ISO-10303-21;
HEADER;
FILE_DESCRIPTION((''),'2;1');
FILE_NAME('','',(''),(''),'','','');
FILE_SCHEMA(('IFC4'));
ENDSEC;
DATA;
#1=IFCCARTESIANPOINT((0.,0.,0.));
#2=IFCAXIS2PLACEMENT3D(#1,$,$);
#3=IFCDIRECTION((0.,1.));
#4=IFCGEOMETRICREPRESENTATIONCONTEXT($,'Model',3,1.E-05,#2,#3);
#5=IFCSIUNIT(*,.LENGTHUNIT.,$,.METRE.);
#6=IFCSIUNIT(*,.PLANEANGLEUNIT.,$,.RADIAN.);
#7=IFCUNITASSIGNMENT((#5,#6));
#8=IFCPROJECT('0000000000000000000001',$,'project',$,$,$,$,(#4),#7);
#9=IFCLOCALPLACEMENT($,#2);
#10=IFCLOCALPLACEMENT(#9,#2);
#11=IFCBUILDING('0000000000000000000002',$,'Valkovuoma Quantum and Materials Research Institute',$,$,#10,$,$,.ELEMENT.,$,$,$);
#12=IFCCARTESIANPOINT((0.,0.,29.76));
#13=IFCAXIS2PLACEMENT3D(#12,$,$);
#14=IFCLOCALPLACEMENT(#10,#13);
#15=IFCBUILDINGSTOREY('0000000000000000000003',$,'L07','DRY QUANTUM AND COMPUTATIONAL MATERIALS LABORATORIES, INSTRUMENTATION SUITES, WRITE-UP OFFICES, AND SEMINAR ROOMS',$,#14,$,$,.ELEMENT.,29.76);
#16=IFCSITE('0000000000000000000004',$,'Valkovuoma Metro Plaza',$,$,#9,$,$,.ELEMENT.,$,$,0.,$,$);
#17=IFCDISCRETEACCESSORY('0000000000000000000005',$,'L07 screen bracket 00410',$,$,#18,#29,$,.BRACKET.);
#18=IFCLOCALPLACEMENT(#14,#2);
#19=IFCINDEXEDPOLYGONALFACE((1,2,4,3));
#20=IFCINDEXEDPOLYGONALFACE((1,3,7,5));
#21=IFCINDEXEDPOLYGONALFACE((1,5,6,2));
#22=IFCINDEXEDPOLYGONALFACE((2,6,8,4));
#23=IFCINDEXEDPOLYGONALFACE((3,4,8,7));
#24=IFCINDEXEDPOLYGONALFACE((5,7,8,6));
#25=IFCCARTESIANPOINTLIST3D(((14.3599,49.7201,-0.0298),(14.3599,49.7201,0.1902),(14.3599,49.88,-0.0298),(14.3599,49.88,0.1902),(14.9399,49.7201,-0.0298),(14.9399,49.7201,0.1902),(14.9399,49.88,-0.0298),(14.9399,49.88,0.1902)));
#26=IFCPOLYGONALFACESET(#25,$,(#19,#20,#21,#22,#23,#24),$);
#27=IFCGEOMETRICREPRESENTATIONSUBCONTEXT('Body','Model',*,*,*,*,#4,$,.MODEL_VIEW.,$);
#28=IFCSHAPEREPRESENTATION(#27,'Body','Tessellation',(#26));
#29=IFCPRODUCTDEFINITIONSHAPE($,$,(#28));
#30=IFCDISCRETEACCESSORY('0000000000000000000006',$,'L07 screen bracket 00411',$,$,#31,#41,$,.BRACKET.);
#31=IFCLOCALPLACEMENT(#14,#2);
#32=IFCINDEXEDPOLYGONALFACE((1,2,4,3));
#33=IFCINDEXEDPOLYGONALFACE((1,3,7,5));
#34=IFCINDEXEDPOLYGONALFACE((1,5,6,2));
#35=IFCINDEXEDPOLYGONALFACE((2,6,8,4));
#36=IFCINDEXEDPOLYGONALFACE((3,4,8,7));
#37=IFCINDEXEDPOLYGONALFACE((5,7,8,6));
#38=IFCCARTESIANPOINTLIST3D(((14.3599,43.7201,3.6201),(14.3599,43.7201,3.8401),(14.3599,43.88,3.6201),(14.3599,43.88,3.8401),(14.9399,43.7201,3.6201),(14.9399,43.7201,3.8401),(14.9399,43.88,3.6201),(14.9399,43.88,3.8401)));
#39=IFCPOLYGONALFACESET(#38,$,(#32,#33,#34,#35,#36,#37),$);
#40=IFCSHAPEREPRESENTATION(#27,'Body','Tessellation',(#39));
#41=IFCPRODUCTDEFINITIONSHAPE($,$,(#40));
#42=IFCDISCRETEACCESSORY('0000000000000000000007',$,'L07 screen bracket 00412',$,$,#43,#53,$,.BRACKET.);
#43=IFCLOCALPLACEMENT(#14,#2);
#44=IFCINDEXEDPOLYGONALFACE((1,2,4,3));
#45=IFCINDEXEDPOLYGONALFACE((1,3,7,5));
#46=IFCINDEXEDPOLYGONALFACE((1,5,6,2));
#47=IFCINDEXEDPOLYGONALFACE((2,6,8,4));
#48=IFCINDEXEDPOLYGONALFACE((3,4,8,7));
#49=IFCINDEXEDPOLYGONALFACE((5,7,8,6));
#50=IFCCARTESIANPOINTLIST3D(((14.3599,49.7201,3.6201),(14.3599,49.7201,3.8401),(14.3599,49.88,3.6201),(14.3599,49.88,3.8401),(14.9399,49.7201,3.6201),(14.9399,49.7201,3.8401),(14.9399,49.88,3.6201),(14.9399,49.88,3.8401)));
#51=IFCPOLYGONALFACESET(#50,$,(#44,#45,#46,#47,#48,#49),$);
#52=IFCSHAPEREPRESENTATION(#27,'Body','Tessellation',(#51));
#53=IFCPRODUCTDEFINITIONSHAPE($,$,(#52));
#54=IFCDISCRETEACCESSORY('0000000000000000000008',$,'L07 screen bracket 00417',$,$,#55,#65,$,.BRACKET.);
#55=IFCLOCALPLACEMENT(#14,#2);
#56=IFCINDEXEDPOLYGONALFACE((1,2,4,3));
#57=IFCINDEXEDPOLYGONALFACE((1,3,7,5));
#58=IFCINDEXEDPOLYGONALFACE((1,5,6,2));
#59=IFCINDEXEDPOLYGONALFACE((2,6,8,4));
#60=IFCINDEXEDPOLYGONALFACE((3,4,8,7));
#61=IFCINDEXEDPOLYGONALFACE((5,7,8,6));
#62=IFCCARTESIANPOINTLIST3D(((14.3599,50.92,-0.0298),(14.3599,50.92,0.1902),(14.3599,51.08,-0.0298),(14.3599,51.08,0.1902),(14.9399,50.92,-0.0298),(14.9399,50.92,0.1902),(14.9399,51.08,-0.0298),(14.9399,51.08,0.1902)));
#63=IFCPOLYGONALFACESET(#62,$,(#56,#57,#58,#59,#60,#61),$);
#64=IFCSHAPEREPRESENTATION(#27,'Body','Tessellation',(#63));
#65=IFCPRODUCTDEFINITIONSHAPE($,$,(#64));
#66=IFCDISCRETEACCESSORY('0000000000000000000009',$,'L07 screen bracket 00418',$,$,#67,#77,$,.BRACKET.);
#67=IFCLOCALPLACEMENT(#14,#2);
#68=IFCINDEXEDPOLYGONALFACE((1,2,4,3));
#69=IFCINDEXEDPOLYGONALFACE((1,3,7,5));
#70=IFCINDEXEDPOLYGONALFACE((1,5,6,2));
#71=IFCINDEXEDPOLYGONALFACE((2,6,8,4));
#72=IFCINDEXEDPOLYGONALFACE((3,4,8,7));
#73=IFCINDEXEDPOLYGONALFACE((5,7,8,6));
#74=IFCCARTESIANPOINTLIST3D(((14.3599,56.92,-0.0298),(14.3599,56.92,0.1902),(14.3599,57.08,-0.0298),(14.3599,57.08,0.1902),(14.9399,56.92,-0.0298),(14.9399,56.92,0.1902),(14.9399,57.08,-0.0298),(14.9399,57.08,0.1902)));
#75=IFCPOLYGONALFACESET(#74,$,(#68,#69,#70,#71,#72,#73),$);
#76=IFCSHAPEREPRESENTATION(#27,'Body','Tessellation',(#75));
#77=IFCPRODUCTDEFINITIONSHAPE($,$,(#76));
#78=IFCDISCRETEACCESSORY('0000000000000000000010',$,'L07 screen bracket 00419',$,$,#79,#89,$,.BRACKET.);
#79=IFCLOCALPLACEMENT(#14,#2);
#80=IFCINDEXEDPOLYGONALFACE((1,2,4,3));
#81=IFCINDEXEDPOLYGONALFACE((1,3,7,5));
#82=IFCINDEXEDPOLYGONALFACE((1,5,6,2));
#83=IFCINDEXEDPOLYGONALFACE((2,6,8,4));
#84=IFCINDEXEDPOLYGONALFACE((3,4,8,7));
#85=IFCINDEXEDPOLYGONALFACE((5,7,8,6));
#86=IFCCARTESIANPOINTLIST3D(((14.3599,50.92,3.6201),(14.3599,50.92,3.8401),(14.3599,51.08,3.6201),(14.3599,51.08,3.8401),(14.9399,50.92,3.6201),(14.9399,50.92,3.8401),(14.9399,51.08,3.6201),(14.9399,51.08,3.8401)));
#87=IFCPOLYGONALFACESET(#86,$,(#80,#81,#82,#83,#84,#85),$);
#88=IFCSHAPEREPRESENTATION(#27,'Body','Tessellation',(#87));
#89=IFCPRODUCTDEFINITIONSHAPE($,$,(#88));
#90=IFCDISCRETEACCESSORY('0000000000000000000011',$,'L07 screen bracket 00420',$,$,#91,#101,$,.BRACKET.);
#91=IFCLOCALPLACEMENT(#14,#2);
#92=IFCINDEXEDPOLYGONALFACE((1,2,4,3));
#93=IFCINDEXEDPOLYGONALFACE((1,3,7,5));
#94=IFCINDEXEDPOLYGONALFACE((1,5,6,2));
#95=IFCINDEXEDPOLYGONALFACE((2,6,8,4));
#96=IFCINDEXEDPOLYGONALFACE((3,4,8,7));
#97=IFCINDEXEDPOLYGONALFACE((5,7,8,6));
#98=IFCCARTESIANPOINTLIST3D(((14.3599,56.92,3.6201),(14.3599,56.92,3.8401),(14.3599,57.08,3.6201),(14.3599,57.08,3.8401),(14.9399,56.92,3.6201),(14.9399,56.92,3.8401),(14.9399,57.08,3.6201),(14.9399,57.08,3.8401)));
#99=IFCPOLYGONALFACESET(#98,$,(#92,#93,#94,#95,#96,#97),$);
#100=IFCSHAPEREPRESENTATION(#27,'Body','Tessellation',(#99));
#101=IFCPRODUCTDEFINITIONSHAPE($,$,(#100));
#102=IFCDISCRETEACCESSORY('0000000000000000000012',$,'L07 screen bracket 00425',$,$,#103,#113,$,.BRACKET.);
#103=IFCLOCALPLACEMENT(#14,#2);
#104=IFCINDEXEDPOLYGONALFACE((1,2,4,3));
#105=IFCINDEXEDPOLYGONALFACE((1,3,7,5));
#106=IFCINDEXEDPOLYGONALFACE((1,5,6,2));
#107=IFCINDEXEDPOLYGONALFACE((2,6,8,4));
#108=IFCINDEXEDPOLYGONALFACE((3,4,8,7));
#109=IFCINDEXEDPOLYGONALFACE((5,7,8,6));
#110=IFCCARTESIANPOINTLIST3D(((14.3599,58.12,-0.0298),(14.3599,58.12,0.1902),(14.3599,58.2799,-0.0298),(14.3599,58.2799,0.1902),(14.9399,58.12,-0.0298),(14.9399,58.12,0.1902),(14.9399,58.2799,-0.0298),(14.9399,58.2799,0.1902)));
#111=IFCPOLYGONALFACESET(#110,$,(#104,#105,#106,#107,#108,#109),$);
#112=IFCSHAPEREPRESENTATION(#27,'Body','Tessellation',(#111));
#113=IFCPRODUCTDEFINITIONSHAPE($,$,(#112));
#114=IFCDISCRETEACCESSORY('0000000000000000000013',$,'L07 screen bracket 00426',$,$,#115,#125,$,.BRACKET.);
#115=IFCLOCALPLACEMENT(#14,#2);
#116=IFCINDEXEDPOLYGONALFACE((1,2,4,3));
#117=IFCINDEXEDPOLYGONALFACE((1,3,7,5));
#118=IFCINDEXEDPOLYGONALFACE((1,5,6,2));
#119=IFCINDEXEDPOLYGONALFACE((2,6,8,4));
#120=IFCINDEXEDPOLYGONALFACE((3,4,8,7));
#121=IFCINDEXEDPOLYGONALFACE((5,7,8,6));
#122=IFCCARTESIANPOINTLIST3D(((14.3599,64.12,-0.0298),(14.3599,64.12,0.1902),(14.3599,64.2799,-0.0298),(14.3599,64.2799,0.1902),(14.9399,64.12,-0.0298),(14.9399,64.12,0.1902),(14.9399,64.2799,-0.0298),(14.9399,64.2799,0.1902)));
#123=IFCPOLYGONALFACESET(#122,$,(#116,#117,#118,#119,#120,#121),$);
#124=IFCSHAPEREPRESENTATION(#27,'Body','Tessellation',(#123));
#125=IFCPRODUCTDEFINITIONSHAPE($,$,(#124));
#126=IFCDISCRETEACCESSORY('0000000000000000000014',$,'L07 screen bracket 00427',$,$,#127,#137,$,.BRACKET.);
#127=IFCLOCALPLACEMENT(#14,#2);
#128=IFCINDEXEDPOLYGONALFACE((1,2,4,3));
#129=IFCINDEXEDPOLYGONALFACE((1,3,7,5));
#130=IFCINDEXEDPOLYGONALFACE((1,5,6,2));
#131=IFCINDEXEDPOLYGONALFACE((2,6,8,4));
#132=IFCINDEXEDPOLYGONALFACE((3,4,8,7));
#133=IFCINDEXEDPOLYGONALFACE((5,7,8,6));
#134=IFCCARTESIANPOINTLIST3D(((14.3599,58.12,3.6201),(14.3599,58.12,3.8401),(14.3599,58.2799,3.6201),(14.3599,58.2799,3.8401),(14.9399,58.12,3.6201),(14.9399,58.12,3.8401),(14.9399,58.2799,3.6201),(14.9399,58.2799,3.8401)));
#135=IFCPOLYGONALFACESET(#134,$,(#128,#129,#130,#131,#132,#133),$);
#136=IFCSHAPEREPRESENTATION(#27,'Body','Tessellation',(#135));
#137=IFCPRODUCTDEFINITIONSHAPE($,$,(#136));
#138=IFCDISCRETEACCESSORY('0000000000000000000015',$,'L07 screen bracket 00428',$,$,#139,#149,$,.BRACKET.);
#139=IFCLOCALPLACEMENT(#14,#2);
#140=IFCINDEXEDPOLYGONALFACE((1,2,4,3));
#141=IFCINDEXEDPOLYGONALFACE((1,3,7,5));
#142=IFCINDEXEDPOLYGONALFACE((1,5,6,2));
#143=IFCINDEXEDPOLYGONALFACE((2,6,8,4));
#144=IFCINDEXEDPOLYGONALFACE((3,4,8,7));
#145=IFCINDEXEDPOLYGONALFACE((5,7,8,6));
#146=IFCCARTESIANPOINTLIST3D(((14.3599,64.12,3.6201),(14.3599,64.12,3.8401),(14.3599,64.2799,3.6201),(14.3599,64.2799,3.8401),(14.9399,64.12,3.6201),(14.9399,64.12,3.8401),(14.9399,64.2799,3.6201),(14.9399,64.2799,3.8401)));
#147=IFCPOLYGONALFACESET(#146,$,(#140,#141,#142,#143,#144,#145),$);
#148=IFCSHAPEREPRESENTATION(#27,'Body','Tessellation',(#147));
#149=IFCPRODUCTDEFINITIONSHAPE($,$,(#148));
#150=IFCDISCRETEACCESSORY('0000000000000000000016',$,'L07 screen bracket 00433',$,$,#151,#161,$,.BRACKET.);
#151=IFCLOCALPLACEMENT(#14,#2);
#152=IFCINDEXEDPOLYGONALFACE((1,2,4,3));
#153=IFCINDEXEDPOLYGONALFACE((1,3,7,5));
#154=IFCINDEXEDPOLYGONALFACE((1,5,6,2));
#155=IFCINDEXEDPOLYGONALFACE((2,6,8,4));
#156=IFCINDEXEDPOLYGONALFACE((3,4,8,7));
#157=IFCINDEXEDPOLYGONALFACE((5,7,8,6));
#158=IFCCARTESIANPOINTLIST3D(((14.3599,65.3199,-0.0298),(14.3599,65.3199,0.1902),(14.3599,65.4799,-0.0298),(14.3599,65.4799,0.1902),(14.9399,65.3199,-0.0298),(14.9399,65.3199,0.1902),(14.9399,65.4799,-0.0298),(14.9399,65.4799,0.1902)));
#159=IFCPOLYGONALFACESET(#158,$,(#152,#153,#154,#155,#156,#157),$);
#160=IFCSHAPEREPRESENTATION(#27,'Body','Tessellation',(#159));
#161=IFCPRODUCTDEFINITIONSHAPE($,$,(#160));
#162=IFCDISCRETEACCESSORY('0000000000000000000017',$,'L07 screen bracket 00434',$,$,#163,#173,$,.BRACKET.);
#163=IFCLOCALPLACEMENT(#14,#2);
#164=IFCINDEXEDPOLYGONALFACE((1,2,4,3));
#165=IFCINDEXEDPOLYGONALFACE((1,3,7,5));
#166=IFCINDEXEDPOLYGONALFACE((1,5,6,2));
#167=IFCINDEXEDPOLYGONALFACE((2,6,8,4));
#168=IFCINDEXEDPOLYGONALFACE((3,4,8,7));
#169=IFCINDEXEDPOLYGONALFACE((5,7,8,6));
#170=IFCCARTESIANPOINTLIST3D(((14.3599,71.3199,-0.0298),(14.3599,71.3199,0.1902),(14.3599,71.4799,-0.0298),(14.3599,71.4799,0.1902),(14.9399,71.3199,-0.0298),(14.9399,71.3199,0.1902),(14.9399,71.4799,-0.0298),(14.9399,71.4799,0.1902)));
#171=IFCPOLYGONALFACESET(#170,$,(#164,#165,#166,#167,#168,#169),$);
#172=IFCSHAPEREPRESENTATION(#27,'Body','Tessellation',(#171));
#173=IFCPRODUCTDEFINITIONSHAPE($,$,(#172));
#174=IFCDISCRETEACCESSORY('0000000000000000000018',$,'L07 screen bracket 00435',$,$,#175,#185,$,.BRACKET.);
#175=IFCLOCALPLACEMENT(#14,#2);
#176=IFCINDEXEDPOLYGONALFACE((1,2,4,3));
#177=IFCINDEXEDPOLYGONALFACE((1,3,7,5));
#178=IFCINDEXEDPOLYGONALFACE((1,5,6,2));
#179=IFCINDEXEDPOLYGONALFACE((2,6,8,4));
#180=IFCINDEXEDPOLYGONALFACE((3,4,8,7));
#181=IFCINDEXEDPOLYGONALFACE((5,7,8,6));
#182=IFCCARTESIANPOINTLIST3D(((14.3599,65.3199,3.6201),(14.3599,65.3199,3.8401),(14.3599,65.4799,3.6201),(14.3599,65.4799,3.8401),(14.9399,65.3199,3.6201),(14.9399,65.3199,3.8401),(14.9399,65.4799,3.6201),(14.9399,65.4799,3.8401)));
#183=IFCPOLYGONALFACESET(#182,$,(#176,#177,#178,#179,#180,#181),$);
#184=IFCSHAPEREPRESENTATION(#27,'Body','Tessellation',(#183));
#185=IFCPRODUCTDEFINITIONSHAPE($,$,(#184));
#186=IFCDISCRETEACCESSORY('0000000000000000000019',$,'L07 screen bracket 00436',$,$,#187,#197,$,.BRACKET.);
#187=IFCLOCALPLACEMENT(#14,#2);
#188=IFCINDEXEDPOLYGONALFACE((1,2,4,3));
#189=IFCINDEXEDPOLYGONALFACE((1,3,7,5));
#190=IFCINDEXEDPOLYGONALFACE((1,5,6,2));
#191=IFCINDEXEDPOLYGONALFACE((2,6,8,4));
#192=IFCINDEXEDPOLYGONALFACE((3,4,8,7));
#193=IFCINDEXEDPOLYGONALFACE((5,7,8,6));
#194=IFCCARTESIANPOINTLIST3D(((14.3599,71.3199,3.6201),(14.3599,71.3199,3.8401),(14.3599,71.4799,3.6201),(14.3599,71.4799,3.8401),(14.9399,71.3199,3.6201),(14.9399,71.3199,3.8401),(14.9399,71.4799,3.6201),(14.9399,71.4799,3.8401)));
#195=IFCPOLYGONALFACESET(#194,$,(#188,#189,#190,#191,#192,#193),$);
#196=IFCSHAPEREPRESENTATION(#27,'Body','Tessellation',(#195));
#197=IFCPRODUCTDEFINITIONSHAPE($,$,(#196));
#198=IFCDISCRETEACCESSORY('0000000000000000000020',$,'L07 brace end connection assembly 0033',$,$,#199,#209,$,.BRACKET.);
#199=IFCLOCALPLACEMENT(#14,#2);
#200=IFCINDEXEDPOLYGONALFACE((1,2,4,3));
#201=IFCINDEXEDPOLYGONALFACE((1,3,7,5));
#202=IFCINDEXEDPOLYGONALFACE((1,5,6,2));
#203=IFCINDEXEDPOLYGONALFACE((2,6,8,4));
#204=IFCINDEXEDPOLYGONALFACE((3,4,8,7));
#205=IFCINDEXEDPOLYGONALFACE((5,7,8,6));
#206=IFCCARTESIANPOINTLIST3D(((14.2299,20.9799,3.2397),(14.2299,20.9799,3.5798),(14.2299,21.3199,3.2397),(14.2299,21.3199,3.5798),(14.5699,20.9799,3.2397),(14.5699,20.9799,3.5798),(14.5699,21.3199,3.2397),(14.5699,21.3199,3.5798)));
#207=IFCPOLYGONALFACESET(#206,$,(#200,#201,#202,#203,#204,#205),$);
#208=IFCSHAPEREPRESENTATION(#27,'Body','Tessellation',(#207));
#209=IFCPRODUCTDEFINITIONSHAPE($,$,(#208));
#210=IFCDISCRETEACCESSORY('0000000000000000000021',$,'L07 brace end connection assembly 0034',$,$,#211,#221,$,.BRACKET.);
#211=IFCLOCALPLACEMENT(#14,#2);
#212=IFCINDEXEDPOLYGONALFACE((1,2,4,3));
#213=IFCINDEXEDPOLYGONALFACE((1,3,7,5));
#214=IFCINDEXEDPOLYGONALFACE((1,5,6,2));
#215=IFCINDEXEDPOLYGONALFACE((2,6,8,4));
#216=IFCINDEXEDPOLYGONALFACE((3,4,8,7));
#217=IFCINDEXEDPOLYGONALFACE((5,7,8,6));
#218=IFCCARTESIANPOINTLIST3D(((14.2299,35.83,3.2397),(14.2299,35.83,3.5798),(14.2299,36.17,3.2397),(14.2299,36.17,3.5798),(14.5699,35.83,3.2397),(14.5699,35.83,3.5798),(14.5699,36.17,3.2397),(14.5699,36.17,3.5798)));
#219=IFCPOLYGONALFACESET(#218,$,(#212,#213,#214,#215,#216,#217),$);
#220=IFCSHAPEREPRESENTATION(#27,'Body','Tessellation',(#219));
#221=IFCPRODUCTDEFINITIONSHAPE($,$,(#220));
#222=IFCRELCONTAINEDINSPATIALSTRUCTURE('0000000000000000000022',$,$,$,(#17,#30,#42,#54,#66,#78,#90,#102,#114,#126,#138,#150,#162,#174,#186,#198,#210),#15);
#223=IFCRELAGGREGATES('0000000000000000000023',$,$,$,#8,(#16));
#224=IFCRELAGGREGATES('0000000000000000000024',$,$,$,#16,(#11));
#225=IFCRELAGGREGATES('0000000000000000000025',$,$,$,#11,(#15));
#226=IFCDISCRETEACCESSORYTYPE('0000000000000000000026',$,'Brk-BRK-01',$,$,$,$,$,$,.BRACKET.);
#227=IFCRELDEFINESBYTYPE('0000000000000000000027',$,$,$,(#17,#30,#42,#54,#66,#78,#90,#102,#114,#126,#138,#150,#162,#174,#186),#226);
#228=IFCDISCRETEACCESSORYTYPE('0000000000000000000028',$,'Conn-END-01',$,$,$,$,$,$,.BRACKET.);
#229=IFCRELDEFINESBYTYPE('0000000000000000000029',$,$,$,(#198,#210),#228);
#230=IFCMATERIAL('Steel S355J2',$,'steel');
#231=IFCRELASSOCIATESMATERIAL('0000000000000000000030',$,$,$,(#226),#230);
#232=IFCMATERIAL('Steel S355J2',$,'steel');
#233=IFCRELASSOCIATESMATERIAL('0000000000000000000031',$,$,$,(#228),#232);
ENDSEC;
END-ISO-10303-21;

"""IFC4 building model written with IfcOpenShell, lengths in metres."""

from ifc_helpers import new_model, si_unit, direction, frame, origin, origin_2d, place, context, subcontext, project, spatial, rectangle, extrude, material, type_object, element, save


model = new_model("IFC4")

# Units and contexts
model_context = context("Model", 3, precision=1e-05, world=origin(), true_north=direction((0.0, 1.0)))
body_context = subcontext(model_context, "Body", "Model", "MODEL_VIEW")
ifc_project = project(units=[si_unit("LENGTHUNIT", "METRE"), si_unit("PLANEANGLEUNIT", "RADIAN")], contexts=[model_context])

# Site, building, storey
site_placement = place(None, origin())
site = spatial("IfcSite", under=ifc_project, at=site_placement, Name="Valkovuoma Metro Plaza", CompositionType="ELEMENT", RefElevation=0.0)
building_placement = place(site_placement, origin())
building = spatial("IfcBuilding", under=site, at=building_placement, Name="Valkovuoma Quantum and Materials Research Institute", CompositionType="ELEMENT")
storey_placement = place(building_placement, frame((0.0, 0.0, 29.76)))
storey = spatial("IfcBuildingStorey", under=building, at=storey_placement, Name="L07", Description="DRY QUANTUM AND COMPUTATIONAL MATERIALS LABORATORIES, INSTRUMENTATION SUITES, WRITE-UP OFFICES, AND SEMINAR ROOMS", CompositionType="ELEMENT", Elevation=29.76)

# Discrete accessories
ifc_material_1 = material(Name="Steel S355J2", Category="steel")
discrete_accessory_type_1 = type_object("IfcDiscreteAccessoryType", Name="Brk-BRK-01", PredefinedType="BRACKET", material=ifc_material_1)
for number, where, z_axis, x_axis, name in (
    (1, (14.6499, 49.8, -0.0298), (0.0, 0.0, 1.0), (1.0, 0.0, 0.0), "L07 screen bracket 00410"),
    (2, (14.6499, 43.8, 3.6201), (0.0, 0.0, 1.0), (1.0, 0.0, 0.0), "L07 screen bracket 00411"),
    (3, (14.6499, 49.8, 3.6201), (0.0, 0.0, 1.0), (1.0, 0.0, 0.0), "L07 screen bracket 00412"),
    (4, (14.6499, 51.0, -0.0298), (0.0, 0.0, 1.0), (1.0, 0.0, 0.0), "L07 screen bracket 00417"),
    (5, (14.6499, 57.0, -0.0298), (0.0, 0.0, 1.0), (1.0, 0.0, 0.0), "L07 screen bracket 00418"),
    (6, (14.6499, 51.0, 3.6201), (0.0, 0.0, 1.0), (1.0, 0.0, 0.0), "L07 screen bracket 00419"),
    (7, (14.6499, 57.0, 3.6201), (0.0, 0.0, 1.0), (1.0, 0.0, 0.0), "L07 screen bracket 00420"),
    (8, (14.6499, 58.2, -0.0298), (0.0, 0.0, 1.0), (1.0, 0.0, 0.0), "L07 screen bracket 00425"),
    (9, (14.6499, 64.2, -0.0298), (0.0, 0.0, 1.0), (1.0, 0.0, 0.0), "L07 screen bracket 00426"),
    (10, (14.6499, 58.2, 3.6201), (0.0, 0.0, 1.0), (1.0, 0.0, 0.0), "L07 screen bracket 00427"),
    (11, (14.6499, 64.2, 3.6201), (0.0, 0.0, 1.0), (1.0, 0.0, 0.0), "L07 screen bracket 00428"),
    (12, (14.6499, 65.3999, -0.0298), (0.0, 0.0, 1.0), (1.0, 0.0, 0.0), "L07 screen bracket 00433"),
    (13, (14.6499, 71.3999, -0.0298), (0.0, 0.0, 1.0), (1.0, 0.0, 0.0), "L07 screen bracket 00434"),
    (14, (14.6499, 65.3999, 3.6201), (0.0, 0.0, 1.0), (1.0, 0.0, 0.0), "L07 screen bracket 00435"),
    (15, (14.6499, 71.3999, 3.6201), (0.0, 0.0, 1.0), (1.0, 0.0, 0.0), "L07 screen bracket 00436"),
):
    element("IfcDiscreteAccessory", number, at=place(storey_placement, frame(where, z_axis=z_axis, x_axis=x_axis)), inside=storey, type_object=discrete_accessory_type_1, Name=name, PredefinedType="BRACKET", context=body_context, shape_type="SweptSolid", body=[
        extrude(rectangle(XDim=0.5801, YDim=0.1599, at=origin_2d()), origin(), (0.0, 0.0, 1.0), 0.22),
    ])
ifc_material_2 = material(Name="Steel S355J2", Category="steel")
discrete_accessory_type_2 = type_object("IfcDiscreteAccessoryType", Name="Conn-END-01", PredefinedType="BRACKET", material=ifc_material_2)
for number, where, z_axis, x_axis, name in (
    (16, (14.3999, 21.1499, 3.2397), (0.0, 0.0, 1.0), (1.0, 0.0, 0.0), "L07 brace end connection assembly 0033"),
    (17, (14.3999, 36.0, 3.2397), (0.0, 0.0, 1.0), (1.0, 0.0, 0.0), "L07 brace end connection assembly 0034"),
):
    element("IfcDiscreteAccessory", number, at=place(storey_placement, frame(where, z_axis=z_axis, x_axis=x_axis)), inside=storey, type_object=discrete_accessory_type_2, Name=name, PredefinedType="BRACKET", context=body_context, shape_type="SweptSolid", body=[
        extrude(rectangle(XDim=0.3401, YDim=0.3401, at=origin_2d()), origin(), (0.0, 0.0, 1.0), 0.3401),
    ])

save(model, "model.ifc")
